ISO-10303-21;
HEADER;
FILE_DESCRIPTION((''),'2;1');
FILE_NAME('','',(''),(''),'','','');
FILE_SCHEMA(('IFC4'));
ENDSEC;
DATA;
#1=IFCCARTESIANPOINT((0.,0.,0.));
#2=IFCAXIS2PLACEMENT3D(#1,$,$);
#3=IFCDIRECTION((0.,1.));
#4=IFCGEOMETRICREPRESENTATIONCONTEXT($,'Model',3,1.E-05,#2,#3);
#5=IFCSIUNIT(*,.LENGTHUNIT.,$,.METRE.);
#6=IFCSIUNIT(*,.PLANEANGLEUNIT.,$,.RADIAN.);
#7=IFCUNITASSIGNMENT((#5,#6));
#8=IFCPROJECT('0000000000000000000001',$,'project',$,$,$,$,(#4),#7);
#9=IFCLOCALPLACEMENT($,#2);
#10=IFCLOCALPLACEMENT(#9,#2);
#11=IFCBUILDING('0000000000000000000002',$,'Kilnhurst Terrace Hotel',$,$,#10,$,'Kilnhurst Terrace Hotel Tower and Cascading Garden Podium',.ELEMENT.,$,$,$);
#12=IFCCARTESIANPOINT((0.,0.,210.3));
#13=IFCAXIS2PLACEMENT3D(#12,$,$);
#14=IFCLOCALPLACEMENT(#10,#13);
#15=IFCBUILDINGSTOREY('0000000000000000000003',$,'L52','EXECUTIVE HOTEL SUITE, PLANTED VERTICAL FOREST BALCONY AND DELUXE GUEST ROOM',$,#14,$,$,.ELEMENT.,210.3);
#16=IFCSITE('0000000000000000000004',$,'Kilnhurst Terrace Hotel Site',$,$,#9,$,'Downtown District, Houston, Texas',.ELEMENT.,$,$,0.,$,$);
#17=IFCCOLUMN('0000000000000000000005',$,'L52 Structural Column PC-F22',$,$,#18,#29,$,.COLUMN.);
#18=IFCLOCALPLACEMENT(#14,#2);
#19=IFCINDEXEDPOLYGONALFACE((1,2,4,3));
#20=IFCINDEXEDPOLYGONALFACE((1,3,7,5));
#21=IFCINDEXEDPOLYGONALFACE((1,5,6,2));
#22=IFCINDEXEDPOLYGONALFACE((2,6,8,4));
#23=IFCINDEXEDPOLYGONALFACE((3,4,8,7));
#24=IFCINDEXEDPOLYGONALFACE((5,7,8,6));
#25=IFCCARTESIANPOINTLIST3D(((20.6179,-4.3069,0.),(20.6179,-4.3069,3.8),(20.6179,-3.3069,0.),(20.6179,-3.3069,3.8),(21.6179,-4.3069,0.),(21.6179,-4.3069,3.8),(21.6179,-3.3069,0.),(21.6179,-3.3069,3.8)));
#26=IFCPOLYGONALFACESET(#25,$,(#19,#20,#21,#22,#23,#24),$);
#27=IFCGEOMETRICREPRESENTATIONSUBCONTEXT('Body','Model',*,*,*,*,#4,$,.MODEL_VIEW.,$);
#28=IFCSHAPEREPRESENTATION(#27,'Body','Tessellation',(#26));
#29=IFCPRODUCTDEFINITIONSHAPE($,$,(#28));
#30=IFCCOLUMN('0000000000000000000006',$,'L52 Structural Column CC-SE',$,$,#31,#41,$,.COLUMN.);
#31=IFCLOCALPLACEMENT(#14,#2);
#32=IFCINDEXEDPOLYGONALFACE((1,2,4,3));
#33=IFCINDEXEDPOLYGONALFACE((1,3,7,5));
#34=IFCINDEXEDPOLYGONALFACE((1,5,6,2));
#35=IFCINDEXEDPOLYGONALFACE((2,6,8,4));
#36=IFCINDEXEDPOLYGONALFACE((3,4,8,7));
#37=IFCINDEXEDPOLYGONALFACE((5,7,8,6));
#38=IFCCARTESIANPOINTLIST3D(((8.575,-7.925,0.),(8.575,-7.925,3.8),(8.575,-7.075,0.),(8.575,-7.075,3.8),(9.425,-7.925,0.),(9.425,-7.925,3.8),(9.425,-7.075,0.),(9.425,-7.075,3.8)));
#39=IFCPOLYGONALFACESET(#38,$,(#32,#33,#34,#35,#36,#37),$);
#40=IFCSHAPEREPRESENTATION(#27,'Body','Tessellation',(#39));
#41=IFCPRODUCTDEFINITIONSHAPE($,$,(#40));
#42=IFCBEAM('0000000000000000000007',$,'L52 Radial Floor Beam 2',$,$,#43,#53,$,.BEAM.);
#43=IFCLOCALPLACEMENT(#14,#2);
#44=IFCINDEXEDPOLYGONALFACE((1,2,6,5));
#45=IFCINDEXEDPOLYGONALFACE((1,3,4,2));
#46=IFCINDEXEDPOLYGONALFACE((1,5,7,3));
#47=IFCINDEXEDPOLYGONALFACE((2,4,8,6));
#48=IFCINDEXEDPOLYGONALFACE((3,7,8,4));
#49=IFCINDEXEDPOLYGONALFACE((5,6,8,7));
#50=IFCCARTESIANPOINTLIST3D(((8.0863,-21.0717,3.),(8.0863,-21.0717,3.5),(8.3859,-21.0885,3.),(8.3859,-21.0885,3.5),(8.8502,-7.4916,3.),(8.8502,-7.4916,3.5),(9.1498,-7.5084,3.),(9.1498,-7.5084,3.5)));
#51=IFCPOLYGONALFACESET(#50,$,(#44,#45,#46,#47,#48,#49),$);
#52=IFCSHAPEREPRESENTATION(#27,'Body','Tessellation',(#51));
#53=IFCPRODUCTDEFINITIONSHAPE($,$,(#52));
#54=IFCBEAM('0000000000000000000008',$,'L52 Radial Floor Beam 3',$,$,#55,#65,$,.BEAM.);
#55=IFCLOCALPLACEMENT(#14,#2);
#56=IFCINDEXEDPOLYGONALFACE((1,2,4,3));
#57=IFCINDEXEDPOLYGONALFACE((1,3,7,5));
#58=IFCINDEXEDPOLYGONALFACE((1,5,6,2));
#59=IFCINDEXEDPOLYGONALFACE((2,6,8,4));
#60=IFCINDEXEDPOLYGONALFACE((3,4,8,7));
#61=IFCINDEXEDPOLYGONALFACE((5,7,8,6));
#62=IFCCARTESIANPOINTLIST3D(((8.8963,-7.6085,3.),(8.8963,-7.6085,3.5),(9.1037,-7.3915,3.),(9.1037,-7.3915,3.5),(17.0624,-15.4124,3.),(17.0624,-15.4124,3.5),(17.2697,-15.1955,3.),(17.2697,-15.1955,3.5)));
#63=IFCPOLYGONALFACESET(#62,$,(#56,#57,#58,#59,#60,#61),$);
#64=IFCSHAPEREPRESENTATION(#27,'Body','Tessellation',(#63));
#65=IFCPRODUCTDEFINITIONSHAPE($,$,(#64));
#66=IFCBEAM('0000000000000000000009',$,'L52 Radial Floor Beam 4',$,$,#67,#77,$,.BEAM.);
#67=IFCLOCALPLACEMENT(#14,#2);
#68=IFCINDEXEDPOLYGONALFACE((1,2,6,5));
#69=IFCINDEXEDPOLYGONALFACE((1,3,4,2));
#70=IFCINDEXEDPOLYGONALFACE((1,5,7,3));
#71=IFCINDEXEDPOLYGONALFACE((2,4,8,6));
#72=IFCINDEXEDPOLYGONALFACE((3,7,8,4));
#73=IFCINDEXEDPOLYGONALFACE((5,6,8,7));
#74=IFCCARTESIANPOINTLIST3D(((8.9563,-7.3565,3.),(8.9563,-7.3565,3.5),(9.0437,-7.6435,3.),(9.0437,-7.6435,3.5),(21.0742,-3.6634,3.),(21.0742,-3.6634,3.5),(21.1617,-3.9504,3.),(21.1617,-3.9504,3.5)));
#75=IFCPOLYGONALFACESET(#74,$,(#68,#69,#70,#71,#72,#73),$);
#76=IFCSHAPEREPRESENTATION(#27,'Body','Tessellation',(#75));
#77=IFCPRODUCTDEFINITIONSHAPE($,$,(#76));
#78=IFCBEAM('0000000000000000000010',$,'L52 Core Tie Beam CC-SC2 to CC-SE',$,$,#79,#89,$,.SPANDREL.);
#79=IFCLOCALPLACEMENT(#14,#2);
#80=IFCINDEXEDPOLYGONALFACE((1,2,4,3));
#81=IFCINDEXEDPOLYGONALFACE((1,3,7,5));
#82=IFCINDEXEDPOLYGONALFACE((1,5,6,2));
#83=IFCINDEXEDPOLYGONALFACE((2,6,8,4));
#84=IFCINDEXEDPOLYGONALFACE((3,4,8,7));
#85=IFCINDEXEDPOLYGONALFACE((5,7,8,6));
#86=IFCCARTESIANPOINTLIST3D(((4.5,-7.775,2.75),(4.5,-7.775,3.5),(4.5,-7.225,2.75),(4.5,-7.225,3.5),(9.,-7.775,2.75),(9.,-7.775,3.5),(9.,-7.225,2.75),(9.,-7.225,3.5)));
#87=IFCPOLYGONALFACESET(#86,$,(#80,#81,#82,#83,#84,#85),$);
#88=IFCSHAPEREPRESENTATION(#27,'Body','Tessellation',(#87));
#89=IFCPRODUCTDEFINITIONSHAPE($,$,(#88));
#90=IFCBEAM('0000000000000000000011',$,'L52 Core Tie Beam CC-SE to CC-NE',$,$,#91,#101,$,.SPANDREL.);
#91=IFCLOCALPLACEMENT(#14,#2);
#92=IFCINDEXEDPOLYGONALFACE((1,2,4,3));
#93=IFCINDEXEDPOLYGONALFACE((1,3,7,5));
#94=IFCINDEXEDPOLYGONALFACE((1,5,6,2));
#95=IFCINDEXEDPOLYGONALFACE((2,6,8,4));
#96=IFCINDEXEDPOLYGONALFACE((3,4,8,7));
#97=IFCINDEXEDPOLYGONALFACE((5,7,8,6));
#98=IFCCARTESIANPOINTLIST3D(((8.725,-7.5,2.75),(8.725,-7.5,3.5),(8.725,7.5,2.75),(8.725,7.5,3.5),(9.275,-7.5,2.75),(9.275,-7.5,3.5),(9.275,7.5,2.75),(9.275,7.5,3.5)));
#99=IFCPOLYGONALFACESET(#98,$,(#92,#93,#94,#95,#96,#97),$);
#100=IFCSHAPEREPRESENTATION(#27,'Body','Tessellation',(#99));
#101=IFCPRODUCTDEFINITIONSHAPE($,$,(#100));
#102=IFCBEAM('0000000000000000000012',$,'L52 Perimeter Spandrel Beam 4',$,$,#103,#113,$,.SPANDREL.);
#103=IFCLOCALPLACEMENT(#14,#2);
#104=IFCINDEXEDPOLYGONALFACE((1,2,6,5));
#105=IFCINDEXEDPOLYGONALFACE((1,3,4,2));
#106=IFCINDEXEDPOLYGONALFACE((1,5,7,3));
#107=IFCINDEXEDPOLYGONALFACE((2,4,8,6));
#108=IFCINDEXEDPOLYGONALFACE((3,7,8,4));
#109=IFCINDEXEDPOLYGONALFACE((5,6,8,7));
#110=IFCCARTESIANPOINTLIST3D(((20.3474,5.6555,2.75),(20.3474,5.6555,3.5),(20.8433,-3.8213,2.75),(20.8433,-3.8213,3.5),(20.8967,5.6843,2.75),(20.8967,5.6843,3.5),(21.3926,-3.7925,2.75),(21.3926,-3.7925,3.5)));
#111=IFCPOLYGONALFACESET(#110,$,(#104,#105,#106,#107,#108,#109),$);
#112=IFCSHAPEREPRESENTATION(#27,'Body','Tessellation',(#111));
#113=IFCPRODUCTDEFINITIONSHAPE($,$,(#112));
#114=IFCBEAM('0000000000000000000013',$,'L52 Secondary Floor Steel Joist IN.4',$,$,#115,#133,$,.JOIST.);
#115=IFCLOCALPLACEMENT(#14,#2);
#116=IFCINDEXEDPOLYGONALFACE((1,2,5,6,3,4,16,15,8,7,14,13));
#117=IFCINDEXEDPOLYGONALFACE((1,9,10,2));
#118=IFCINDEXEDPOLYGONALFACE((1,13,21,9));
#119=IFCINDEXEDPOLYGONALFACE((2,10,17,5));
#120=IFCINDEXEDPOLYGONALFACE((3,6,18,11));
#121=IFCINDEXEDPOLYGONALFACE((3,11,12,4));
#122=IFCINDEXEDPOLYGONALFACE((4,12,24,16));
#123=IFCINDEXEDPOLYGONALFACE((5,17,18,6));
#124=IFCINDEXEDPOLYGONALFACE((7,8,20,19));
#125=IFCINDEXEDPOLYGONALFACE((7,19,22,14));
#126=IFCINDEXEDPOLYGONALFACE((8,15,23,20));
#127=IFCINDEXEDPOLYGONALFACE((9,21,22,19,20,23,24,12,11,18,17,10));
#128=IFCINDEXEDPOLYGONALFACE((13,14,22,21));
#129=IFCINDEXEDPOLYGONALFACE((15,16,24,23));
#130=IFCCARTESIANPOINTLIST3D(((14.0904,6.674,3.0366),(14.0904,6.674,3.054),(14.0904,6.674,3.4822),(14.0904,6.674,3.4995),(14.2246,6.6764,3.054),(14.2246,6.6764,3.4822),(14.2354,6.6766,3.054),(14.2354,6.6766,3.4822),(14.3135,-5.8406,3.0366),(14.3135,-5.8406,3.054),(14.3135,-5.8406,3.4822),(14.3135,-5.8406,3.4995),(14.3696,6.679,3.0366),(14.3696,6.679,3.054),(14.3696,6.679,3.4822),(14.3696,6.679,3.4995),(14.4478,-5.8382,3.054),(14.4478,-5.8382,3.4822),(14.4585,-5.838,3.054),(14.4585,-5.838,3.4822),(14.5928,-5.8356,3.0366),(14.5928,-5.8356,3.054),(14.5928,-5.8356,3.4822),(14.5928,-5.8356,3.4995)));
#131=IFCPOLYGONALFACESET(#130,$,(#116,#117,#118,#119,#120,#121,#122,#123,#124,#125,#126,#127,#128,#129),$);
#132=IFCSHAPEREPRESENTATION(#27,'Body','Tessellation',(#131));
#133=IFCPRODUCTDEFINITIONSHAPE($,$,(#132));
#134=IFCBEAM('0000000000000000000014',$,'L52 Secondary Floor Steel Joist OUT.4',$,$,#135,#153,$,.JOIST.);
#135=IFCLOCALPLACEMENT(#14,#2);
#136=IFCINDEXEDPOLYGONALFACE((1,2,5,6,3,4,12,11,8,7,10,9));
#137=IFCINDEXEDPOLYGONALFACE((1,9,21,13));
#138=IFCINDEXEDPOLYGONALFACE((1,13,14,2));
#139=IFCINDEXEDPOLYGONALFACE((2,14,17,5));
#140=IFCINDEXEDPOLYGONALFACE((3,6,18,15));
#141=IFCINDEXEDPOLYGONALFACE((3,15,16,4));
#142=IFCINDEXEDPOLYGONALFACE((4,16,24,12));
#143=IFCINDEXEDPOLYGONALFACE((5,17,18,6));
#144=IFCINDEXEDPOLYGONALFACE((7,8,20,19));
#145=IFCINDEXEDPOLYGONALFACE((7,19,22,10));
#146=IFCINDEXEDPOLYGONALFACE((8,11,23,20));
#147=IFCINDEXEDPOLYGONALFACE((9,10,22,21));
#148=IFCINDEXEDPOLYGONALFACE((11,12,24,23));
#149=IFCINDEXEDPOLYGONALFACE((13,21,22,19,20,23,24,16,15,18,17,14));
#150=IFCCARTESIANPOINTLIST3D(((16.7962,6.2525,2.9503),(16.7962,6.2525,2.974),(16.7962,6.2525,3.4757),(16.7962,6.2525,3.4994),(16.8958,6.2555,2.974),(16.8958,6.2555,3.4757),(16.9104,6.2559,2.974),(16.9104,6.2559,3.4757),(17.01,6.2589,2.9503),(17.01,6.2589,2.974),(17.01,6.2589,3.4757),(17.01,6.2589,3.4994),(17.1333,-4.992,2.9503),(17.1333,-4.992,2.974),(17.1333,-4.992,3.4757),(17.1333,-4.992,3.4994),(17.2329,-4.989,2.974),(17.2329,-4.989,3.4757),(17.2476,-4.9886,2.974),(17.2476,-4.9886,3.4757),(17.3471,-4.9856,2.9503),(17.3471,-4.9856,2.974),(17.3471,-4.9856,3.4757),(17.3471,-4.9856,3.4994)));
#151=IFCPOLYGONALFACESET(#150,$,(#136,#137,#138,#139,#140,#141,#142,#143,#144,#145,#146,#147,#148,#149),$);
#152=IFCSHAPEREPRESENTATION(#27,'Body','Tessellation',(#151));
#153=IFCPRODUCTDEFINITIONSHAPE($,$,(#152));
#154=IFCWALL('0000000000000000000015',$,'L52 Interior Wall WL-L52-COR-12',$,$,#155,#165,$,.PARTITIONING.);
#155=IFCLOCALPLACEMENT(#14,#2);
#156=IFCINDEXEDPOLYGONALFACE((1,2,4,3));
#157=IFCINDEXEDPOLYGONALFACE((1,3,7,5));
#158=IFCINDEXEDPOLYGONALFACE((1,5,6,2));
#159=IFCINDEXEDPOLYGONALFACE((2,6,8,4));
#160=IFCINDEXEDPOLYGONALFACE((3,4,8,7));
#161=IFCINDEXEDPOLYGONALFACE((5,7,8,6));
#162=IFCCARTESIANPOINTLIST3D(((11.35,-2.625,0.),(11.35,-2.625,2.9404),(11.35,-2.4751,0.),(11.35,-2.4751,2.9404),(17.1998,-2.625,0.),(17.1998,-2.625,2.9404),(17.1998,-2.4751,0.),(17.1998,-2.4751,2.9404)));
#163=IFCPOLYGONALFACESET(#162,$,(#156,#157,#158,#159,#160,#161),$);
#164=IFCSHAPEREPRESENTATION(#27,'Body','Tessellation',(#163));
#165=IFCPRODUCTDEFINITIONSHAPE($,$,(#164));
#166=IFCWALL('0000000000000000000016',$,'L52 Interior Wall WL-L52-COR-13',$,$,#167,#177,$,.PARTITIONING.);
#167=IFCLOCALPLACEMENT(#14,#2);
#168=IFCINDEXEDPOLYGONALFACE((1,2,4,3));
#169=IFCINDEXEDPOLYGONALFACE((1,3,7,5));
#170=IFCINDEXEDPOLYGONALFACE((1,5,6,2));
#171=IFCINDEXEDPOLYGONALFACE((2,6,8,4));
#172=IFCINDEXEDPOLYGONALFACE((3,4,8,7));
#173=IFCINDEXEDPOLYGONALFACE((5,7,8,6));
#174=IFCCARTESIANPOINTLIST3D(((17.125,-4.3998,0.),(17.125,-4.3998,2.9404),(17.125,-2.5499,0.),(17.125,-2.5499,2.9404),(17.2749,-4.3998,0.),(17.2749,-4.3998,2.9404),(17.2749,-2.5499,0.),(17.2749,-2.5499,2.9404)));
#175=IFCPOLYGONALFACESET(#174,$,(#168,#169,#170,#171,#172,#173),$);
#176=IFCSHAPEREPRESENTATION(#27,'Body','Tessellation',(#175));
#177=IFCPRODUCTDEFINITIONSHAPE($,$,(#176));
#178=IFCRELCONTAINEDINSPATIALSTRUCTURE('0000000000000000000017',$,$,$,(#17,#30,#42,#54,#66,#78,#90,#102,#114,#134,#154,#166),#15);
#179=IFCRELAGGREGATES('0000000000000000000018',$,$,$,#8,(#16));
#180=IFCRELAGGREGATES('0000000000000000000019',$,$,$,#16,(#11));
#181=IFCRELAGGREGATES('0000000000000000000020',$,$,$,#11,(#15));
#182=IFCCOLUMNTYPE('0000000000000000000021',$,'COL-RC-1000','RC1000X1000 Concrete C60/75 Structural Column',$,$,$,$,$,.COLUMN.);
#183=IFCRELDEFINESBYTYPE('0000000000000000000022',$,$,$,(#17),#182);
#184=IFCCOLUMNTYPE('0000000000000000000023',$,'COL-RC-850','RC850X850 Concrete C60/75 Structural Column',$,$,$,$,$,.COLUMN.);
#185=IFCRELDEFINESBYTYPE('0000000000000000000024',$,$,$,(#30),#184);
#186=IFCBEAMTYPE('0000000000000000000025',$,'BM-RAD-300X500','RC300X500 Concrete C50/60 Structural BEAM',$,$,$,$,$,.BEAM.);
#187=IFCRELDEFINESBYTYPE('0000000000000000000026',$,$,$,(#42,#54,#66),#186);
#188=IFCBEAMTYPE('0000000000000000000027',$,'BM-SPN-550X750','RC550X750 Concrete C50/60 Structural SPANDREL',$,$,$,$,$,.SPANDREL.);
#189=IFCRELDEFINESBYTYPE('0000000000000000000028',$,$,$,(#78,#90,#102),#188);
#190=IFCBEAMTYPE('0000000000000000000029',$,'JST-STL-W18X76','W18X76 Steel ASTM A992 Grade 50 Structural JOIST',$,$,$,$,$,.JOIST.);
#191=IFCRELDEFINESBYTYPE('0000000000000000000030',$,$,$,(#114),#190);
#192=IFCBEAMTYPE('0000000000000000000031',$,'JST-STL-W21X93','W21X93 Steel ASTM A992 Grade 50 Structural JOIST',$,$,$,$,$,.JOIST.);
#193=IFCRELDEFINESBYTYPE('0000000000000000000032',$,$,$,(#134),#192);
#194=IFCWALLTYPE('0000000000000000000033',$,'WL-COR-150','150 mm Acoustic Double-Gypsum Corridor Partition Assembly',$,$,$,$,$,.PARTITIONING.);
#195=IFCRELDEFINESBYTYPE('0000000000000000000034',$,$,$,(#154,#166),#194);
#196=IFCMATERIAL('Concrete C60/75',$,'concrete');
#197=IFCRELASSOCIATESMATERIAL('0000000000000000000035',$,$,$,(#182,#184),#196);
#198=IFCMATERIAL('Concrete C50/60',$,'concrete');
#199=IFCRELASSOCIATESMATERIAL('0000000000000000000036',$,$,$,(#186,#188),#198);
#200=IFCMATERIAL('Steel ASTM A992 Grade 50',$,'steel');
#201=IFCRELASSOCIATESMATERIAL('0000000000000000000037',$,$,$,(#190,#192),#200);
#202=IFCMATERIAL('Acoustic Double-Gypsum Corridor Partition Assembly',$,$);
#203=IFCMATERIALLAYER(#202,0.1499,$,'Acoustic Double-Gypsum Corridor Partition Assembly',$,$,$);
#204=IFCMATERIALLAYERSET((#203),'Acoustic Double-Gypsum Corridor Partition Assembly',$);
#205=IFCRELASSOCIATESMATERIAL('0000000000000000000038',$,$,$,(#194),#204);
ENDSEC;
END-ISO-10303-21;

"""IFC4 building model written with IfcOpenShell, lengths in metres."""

from ifc_helpers import new_model, si_unit, direction, frame, frame_2d, origin, origin_2d, place, context, subcontext, project, spatial, rectangle, i_section, extrude, material, layer, layer_set, material_profile, profile_set, type_object, element, save


model = new_model("IFC4")

# Units and contexts
model_context = context("Model", 3, precision=1e-05, world=origin(), true_north=direction((0.0, 1.0)))
body_context = subcontext(model_context, "Body", "Model", "MODEL_VIEW")
ifc_project = project(units=[si_unit("LENGTHUNIT", "METRE"), si_unit("PLANEANGLEUNIT", "RADIAN")], contexts=[model_context])

# Site, building, storey
site_placement = place(None, origin())
site = spatial("IfcSite", under=ifc_project, at=site_placement, Name="Kilnhurst Terrace Hotel Site", LongName="Downtown District, Houston, Texas", CompositionType="ELEMENT", RefElevation=0.0)
building_placement = place(site_placement, origin())
building = spatial("IfcBuilding", under=site, at=building_placement, Name="Kilnhurst Terrace Hotel", LongName="Kilnhurst Terrace Hotel Tower and Cascading Garden Podium", CompositionType="ELEMENT")
storey_placement = place(building_placement, frame((0.0, 0.0, 210.3)))
storey = spatial("IfcBuildingStorey", under=building, at=storey_placement, Name="L52", Description="EXECUTIVE HOTEL SUITE, PLANTED VERTICAL FOREST BALCONY AND DELUXE GUEST ROOM", CompositionType="ELEMENT", Elevation=210.3)

# Columns
ifc_material_1 = material(Name="Concrete C60/75", Category="concrete")
ifc_material_profile_1 = material_profile(ifc_material_1, rectangle(XDim=1.0, YDim=1.0, at=origin_2d()), Name="RC1000X1000")
ifc_profile_set_1 = profile_set([ifc_material_profile_1], Name="Concrete C60/75")
column_type_1 = type_object("IfcColumnType", Name="COL-RC-1000", Description="RC1000X1000 Concrete C60/75 Structural Column", PredefinedType="COLUMN", material=ifc_profile_set_1)
column_1_placement = place(storey_placement, frame((21.1179, -3.8069, 0.0), z_axis=(0.0, 0.0, 1.0), x_axis=(1.0, 0.0, 0.0)))
element("IfcColumn", 1, at=column_1_placement, inside=storey, type_object=column_type_1, Name="L52 Structural Column PC-F22", PredefinedType="COLUMN", context=body_context, shape_type="SweptSolid", body=[
    extrude(rectangle(XDim=1.0, YDim=1.0, at=origin_2d()), origin(), (0.0, 0.0, 1.0), 3.8),
])
ifc_material_profile_2 = material_profile(ifc_material_1, rectangle(XDim=0.8501, YDim=0.8501, at=origin_2d()), Name="RC850X850")
ifc_profile_set_2 = profile_set([ifc_material_profile_2], Name="Concrete C60/75")
column_type_2 = type_object("IfcColumnType", Name="COL-RC-850", Description="RC850X850 Concrete C60/75 Structural Column", PredefinedType="COLUMN", material=ifc_profile_set_2)
column_2_placement = place(storey_placement, frame((9.0, -7.5, 0.0), z_axis=(0.0, 0.0, 1.0), x_axis=(1.0, 0.0, 0.0)))
element("IfcColumn", 2, at=column_2_placement, inside=storey, type_object=column_type_2, Name="L52 Structural Column CC-SE", PredefinedType="COLUMN", context=body_context, shape_type="SweptSolid", body=[
    extrude(rectangle(XDim=0.8501, YDim=0.8501, at=origin_2d()), origin(), (0.0, 0.0, 1.0), 3.8),
])

# Beams
ifc_material_2 = material(Name="Concrete C50/60", Category="concrete")
ifc_material_profile_3 = material_profile(ifc_material_2, rectangle(XDim=0.3, YDim=0.5, at=origin_2d()), Name="RC300X500")
ifc_profile_set_3 = profile_set([ifc_material_profile_3], Name="Concrete C50/60")
beam_type_1 = type_object("IfcBeamType", Name="BM-RAD-300X500", Description="RC300X500 Concrete C50/60 Structural BEAM", PredefinedType="BEAM", material=ifc_profile_set_3)
beam_1_placement = place(storey_placement, frame((9.0, -7.5, 3.25), z_axis=(-0.056164, -0.998422, 0.0), x_axis=(0.998422, -0.056164, 0.0)))
element("IfcBeam", 3, at=beam_1_placement, inside=storey, type_object=beam_type_1, Name="L52 Radial Floor Beam 2", PredefinedType="BEAM", context=body_context, shape_type="SweptSolid", body=[
    extrude(rectangle(XDim=0.3, YDim=0.5, at=origin_2d()), origin(), (0.0, 0.0, 1.0), 13.6016),
])
beam_2_placement = place(storey_placement, frame((9.0, -7.5, 3.25), z_axis=(0.722952, -0.690898, 0.0), x_axis=(0.690898, 0.722952, 0.0)))
element("IfcBeam", 4, at=beam_2_placement, inside=storey, type_object=beam_type_1, Name="L52 Radial Floor Beam 3", PredefinedType="BEAM", context=body_context, shape_type="SweptSolid", body=[
    extrude(rectangle(XDim=0.3, YDim=0.5, at=origin_2d()), origin(), (0.0, 0.0, 1.0), 11.2954),
])
beam_3_placement = place(storey_placement, frame((9.0, -7.5, 3.25), z_axis=(0.956563, 0.291527, 0.0), x_axis=(-0.291527, 0.956563, 0.0)))
element("IfcBeam", 5, at=beam_3_placement, inside=storey, type_object=beam_type_1, Name="L52 Radial Floor Beam 4", PredefinedType="BEAM", context=body_context, shape_type="SweptSolid", body=[
    extrude(rectangle(XDim=0.3, YDim=0.5, at=origin_2d()), origin(), (0.0, 0.0, 1.0), 12.6682),
])
ifc_material_profile_4 = material_profile(ifc_material_2, rectangle(XDim=0.55, YDim=0.75, at=origin_2d()), Name="RC550X750")
ifc_profile_set_4 = profile_set([ifc_material_profile_4], Name="Concrete C50/60")
beam_type_2 = type_object("IfcBeamType", Name="BM-SPN-550X750", Description="RC550X750 Concrete C50/60 Structural SPANDREL", PredefinedType="SPANDREL", material=ifc_profile_set_4)
beam_4_placement = place(storey_placement, frame((4.5, -7.5, 3.125), z_axis=(1.0, 0.0, 0.0), x_axis=(0.0, 1.0, 0.0)))
element("IfcBeam", 6, at=beam_4_placement, inside=storey, type_object=beam_type_2, Name="L52 Core Tie Beam CC-SC2 to CC-SE", PredefinedType="SPANDREL", context=body_context, shape_type="SweptSolid", body=[
    extrude(rectangle(XDim=0.55, YDim=0.75, at=origin_2d()), origin(), (0.0, 0.0, 1.0), 4.5),
])
beam_5_placement = place(storey_placement, frame((9.0, -7.5, 3.125), z_axis=(0.0, 1.0, 0.0), x_axis=(-1.0, 0.0, 0.0)))
element("IfcBeam", 7, at=beam_5_placement, inside=storey, type_object=beam_type_2, Name="L52 Core Tie Beam CC-SE to CC-NE", PredefinedType="SPANDREL", context=body_context, shape_type="SweptSolid", body=[
    extrude(rectangle(XDim=0.55, YDim=0.75, at=origin_2d()), origin(), (0.0, 0.0, 1.0), 15.0),
])
beam_6_placement = place(storey_placement, frame((21.1179, -3.8069, 3.125), z_axis=(-0.052251, 0.998634, 0.0), x_axis=(-0.998634, -0.052251, 0.0)))
element("IfcBeam", 8, at=beam_6_placement, inside=storey, type_object=beam_type_2, Name="L52 Perimeter Spandrel Beam 4", PredefinedType="SPANDREL", context=body_context, shape_type="SweptSolid", body=[
    extrude(rectangle(XDim=0.55, YDim=0.75, at=origin_2d()), origin(), (0.0, 0.0, 1.0), 9.4897),
])
ifc_material_3 = material(Name="Steel ASTM A992 Grade 50", Category="steel")
ifc_material_profile_5 = material_profile(ifc_material_3, i_section(OverallWidth=0.2793, OverallDepth=0.4629, WebThickness=0.0107, FlangeThickness=0.0173, at=origin_2d()), Name="W18X76")
ifc_profile_set_5 = profile_set([ifc_material_profile_5], Name="Steel ASTM A992 Grade 50")
beam_type_3 = type_object("IfcBeamType", Name="JST-STL-W18X76", Description="W18X76 Steel ASTM A992 Grade 50 Structural JOIST", PredefinedType="JOIST", material=ifc_profile_set_5)
beam_7_placement = place(storey_placement, frame((14.4531, -5.8381, 3.2681), z_axis=(-0.017828, 0.999841, 0.0), x_axis=(-0.999841, -0.017828, 0.0)))
element("IfcBeam", 9, at=beam_7_placement, inside=storey, type_object=beam_type_3, Name="L52 Secondary Floor Steel Joist IN.4", PredefinedType="JOIST", context=body_context, shape_type="SweptSolid", body=[
    extrude(i_section(OverallWidth=0.2793, OverallDepth=0.4629, WebThickness=0.0107, FlangeThickness=0.0173, at=origin_2d()), origin(), (0.0, 0.0, 1.0), 12.5166),
])
ifc_material_profile_6 = material_profile(ifc_material_3, i_section(OverallWidth=0.2139, OverallDepth=0.5491, WebThickness=0.0146, FlangeThickness=0.0237, at=origin_2d()), Name="W21X93")
ifc_profile_set_6 = profile_set([ifc_material_profile_6], Name="Steel ASTM A992 Grade 50")
beam_type_4 = type_object("IfcBeamType", Name="JST-STL-W21X93", Description="W21X93 Steel ASTM A992 Grade 50 Structural JOIST", PredefinedType="JOIST", material=ifc_profile_set_6)
beam_8_placement = place(storey_placement, frame((17.2402, -4.9888, 3.2249), z_axis=(-0.029971, 0.999551, 0.0), x_axis=(-0.999551, -0.029971, 0.0)))
element("IfcBeam", 10, at=beam_8_placement, inside=storey, type_object=beam_type_4, Name="L52 Secondary Floor Steel Joist OUT.4", PredefinedType="JOIST", context=body_context, shape_type="SweptSolid", body=[
    extrude(i_section(OverallWidth=0.2139, OverallDepth=0.5491, WebThickness=0.0146, FlangeThickness=0.0237, at=origin_2d()), origin(), (0.0, 0.0, 1.0), 11.2495),
])

# Walls
ifc_material_4 = material(Name="Acoustic Double-Gypsum Corridor Partition Assembly")
ifc_layer_1 = layer(ifc_material_4, 0.1499, Name="Acoustic Double-Gypsum Corridor Partition Assembly")
ifc_layer_set_1 = layer_set([ifc_layer_1], Name="Acoustic Double-Gypsum Corridor Partition Assembly")
wall_type_1 = type_object("IfcWallType", Name="WL-COR-150", Description="150 mm Acoustic Double-Gypsum Corridor Partition Assembly", PredefinedType="PARTITIONING", material=ifc_layer_set_1)
wall_1_placement = place(storey_placement, frame((11.3501, -2.55, 0.0), z_axis=(0.0, 0.0, 1.0), x_axis=(1.0, 0.0, 0.0)))
element("IfcWall", 11, at=wall_1_placement, inside=storey, type_object=wall_type_1, Name="L52 Interior Wall WL-L52-COR-12", PredefinedType="PARTITIONING", context=body_context, shape_type="SweptSolid", body=[
    extrude(rectangle(XDim=5.8499, YDim=0.1499, at=frame_2d((2.9248, 0.0))), origin(), (0.0, 0.0, 1.0), 2.9404),
])
wall_2_placement = place(storey_placement, frame((17.2, -2.55, 0.0), z_axis=(0.0, 0.0, 1.0), x_axis=(0.0, -1.0, 0.0)))
element("IfcWall", 12, at=wall_2_placement, inside=storey, type_object=wall_type_1, Name="L52 Interior Wall WL-L52-COR-13", PredefinedType="PARTITIONING", context=body_context, shape_type="SweptSolid", body=[
    extrude(rectangle(XDim=1.8499, YDim=0.1499, at=frame_2d((0.9248, 0.0))), origin(), (0.0, 0.0, 1.0), 2.9404),
])

save(model, "model.ifc")
